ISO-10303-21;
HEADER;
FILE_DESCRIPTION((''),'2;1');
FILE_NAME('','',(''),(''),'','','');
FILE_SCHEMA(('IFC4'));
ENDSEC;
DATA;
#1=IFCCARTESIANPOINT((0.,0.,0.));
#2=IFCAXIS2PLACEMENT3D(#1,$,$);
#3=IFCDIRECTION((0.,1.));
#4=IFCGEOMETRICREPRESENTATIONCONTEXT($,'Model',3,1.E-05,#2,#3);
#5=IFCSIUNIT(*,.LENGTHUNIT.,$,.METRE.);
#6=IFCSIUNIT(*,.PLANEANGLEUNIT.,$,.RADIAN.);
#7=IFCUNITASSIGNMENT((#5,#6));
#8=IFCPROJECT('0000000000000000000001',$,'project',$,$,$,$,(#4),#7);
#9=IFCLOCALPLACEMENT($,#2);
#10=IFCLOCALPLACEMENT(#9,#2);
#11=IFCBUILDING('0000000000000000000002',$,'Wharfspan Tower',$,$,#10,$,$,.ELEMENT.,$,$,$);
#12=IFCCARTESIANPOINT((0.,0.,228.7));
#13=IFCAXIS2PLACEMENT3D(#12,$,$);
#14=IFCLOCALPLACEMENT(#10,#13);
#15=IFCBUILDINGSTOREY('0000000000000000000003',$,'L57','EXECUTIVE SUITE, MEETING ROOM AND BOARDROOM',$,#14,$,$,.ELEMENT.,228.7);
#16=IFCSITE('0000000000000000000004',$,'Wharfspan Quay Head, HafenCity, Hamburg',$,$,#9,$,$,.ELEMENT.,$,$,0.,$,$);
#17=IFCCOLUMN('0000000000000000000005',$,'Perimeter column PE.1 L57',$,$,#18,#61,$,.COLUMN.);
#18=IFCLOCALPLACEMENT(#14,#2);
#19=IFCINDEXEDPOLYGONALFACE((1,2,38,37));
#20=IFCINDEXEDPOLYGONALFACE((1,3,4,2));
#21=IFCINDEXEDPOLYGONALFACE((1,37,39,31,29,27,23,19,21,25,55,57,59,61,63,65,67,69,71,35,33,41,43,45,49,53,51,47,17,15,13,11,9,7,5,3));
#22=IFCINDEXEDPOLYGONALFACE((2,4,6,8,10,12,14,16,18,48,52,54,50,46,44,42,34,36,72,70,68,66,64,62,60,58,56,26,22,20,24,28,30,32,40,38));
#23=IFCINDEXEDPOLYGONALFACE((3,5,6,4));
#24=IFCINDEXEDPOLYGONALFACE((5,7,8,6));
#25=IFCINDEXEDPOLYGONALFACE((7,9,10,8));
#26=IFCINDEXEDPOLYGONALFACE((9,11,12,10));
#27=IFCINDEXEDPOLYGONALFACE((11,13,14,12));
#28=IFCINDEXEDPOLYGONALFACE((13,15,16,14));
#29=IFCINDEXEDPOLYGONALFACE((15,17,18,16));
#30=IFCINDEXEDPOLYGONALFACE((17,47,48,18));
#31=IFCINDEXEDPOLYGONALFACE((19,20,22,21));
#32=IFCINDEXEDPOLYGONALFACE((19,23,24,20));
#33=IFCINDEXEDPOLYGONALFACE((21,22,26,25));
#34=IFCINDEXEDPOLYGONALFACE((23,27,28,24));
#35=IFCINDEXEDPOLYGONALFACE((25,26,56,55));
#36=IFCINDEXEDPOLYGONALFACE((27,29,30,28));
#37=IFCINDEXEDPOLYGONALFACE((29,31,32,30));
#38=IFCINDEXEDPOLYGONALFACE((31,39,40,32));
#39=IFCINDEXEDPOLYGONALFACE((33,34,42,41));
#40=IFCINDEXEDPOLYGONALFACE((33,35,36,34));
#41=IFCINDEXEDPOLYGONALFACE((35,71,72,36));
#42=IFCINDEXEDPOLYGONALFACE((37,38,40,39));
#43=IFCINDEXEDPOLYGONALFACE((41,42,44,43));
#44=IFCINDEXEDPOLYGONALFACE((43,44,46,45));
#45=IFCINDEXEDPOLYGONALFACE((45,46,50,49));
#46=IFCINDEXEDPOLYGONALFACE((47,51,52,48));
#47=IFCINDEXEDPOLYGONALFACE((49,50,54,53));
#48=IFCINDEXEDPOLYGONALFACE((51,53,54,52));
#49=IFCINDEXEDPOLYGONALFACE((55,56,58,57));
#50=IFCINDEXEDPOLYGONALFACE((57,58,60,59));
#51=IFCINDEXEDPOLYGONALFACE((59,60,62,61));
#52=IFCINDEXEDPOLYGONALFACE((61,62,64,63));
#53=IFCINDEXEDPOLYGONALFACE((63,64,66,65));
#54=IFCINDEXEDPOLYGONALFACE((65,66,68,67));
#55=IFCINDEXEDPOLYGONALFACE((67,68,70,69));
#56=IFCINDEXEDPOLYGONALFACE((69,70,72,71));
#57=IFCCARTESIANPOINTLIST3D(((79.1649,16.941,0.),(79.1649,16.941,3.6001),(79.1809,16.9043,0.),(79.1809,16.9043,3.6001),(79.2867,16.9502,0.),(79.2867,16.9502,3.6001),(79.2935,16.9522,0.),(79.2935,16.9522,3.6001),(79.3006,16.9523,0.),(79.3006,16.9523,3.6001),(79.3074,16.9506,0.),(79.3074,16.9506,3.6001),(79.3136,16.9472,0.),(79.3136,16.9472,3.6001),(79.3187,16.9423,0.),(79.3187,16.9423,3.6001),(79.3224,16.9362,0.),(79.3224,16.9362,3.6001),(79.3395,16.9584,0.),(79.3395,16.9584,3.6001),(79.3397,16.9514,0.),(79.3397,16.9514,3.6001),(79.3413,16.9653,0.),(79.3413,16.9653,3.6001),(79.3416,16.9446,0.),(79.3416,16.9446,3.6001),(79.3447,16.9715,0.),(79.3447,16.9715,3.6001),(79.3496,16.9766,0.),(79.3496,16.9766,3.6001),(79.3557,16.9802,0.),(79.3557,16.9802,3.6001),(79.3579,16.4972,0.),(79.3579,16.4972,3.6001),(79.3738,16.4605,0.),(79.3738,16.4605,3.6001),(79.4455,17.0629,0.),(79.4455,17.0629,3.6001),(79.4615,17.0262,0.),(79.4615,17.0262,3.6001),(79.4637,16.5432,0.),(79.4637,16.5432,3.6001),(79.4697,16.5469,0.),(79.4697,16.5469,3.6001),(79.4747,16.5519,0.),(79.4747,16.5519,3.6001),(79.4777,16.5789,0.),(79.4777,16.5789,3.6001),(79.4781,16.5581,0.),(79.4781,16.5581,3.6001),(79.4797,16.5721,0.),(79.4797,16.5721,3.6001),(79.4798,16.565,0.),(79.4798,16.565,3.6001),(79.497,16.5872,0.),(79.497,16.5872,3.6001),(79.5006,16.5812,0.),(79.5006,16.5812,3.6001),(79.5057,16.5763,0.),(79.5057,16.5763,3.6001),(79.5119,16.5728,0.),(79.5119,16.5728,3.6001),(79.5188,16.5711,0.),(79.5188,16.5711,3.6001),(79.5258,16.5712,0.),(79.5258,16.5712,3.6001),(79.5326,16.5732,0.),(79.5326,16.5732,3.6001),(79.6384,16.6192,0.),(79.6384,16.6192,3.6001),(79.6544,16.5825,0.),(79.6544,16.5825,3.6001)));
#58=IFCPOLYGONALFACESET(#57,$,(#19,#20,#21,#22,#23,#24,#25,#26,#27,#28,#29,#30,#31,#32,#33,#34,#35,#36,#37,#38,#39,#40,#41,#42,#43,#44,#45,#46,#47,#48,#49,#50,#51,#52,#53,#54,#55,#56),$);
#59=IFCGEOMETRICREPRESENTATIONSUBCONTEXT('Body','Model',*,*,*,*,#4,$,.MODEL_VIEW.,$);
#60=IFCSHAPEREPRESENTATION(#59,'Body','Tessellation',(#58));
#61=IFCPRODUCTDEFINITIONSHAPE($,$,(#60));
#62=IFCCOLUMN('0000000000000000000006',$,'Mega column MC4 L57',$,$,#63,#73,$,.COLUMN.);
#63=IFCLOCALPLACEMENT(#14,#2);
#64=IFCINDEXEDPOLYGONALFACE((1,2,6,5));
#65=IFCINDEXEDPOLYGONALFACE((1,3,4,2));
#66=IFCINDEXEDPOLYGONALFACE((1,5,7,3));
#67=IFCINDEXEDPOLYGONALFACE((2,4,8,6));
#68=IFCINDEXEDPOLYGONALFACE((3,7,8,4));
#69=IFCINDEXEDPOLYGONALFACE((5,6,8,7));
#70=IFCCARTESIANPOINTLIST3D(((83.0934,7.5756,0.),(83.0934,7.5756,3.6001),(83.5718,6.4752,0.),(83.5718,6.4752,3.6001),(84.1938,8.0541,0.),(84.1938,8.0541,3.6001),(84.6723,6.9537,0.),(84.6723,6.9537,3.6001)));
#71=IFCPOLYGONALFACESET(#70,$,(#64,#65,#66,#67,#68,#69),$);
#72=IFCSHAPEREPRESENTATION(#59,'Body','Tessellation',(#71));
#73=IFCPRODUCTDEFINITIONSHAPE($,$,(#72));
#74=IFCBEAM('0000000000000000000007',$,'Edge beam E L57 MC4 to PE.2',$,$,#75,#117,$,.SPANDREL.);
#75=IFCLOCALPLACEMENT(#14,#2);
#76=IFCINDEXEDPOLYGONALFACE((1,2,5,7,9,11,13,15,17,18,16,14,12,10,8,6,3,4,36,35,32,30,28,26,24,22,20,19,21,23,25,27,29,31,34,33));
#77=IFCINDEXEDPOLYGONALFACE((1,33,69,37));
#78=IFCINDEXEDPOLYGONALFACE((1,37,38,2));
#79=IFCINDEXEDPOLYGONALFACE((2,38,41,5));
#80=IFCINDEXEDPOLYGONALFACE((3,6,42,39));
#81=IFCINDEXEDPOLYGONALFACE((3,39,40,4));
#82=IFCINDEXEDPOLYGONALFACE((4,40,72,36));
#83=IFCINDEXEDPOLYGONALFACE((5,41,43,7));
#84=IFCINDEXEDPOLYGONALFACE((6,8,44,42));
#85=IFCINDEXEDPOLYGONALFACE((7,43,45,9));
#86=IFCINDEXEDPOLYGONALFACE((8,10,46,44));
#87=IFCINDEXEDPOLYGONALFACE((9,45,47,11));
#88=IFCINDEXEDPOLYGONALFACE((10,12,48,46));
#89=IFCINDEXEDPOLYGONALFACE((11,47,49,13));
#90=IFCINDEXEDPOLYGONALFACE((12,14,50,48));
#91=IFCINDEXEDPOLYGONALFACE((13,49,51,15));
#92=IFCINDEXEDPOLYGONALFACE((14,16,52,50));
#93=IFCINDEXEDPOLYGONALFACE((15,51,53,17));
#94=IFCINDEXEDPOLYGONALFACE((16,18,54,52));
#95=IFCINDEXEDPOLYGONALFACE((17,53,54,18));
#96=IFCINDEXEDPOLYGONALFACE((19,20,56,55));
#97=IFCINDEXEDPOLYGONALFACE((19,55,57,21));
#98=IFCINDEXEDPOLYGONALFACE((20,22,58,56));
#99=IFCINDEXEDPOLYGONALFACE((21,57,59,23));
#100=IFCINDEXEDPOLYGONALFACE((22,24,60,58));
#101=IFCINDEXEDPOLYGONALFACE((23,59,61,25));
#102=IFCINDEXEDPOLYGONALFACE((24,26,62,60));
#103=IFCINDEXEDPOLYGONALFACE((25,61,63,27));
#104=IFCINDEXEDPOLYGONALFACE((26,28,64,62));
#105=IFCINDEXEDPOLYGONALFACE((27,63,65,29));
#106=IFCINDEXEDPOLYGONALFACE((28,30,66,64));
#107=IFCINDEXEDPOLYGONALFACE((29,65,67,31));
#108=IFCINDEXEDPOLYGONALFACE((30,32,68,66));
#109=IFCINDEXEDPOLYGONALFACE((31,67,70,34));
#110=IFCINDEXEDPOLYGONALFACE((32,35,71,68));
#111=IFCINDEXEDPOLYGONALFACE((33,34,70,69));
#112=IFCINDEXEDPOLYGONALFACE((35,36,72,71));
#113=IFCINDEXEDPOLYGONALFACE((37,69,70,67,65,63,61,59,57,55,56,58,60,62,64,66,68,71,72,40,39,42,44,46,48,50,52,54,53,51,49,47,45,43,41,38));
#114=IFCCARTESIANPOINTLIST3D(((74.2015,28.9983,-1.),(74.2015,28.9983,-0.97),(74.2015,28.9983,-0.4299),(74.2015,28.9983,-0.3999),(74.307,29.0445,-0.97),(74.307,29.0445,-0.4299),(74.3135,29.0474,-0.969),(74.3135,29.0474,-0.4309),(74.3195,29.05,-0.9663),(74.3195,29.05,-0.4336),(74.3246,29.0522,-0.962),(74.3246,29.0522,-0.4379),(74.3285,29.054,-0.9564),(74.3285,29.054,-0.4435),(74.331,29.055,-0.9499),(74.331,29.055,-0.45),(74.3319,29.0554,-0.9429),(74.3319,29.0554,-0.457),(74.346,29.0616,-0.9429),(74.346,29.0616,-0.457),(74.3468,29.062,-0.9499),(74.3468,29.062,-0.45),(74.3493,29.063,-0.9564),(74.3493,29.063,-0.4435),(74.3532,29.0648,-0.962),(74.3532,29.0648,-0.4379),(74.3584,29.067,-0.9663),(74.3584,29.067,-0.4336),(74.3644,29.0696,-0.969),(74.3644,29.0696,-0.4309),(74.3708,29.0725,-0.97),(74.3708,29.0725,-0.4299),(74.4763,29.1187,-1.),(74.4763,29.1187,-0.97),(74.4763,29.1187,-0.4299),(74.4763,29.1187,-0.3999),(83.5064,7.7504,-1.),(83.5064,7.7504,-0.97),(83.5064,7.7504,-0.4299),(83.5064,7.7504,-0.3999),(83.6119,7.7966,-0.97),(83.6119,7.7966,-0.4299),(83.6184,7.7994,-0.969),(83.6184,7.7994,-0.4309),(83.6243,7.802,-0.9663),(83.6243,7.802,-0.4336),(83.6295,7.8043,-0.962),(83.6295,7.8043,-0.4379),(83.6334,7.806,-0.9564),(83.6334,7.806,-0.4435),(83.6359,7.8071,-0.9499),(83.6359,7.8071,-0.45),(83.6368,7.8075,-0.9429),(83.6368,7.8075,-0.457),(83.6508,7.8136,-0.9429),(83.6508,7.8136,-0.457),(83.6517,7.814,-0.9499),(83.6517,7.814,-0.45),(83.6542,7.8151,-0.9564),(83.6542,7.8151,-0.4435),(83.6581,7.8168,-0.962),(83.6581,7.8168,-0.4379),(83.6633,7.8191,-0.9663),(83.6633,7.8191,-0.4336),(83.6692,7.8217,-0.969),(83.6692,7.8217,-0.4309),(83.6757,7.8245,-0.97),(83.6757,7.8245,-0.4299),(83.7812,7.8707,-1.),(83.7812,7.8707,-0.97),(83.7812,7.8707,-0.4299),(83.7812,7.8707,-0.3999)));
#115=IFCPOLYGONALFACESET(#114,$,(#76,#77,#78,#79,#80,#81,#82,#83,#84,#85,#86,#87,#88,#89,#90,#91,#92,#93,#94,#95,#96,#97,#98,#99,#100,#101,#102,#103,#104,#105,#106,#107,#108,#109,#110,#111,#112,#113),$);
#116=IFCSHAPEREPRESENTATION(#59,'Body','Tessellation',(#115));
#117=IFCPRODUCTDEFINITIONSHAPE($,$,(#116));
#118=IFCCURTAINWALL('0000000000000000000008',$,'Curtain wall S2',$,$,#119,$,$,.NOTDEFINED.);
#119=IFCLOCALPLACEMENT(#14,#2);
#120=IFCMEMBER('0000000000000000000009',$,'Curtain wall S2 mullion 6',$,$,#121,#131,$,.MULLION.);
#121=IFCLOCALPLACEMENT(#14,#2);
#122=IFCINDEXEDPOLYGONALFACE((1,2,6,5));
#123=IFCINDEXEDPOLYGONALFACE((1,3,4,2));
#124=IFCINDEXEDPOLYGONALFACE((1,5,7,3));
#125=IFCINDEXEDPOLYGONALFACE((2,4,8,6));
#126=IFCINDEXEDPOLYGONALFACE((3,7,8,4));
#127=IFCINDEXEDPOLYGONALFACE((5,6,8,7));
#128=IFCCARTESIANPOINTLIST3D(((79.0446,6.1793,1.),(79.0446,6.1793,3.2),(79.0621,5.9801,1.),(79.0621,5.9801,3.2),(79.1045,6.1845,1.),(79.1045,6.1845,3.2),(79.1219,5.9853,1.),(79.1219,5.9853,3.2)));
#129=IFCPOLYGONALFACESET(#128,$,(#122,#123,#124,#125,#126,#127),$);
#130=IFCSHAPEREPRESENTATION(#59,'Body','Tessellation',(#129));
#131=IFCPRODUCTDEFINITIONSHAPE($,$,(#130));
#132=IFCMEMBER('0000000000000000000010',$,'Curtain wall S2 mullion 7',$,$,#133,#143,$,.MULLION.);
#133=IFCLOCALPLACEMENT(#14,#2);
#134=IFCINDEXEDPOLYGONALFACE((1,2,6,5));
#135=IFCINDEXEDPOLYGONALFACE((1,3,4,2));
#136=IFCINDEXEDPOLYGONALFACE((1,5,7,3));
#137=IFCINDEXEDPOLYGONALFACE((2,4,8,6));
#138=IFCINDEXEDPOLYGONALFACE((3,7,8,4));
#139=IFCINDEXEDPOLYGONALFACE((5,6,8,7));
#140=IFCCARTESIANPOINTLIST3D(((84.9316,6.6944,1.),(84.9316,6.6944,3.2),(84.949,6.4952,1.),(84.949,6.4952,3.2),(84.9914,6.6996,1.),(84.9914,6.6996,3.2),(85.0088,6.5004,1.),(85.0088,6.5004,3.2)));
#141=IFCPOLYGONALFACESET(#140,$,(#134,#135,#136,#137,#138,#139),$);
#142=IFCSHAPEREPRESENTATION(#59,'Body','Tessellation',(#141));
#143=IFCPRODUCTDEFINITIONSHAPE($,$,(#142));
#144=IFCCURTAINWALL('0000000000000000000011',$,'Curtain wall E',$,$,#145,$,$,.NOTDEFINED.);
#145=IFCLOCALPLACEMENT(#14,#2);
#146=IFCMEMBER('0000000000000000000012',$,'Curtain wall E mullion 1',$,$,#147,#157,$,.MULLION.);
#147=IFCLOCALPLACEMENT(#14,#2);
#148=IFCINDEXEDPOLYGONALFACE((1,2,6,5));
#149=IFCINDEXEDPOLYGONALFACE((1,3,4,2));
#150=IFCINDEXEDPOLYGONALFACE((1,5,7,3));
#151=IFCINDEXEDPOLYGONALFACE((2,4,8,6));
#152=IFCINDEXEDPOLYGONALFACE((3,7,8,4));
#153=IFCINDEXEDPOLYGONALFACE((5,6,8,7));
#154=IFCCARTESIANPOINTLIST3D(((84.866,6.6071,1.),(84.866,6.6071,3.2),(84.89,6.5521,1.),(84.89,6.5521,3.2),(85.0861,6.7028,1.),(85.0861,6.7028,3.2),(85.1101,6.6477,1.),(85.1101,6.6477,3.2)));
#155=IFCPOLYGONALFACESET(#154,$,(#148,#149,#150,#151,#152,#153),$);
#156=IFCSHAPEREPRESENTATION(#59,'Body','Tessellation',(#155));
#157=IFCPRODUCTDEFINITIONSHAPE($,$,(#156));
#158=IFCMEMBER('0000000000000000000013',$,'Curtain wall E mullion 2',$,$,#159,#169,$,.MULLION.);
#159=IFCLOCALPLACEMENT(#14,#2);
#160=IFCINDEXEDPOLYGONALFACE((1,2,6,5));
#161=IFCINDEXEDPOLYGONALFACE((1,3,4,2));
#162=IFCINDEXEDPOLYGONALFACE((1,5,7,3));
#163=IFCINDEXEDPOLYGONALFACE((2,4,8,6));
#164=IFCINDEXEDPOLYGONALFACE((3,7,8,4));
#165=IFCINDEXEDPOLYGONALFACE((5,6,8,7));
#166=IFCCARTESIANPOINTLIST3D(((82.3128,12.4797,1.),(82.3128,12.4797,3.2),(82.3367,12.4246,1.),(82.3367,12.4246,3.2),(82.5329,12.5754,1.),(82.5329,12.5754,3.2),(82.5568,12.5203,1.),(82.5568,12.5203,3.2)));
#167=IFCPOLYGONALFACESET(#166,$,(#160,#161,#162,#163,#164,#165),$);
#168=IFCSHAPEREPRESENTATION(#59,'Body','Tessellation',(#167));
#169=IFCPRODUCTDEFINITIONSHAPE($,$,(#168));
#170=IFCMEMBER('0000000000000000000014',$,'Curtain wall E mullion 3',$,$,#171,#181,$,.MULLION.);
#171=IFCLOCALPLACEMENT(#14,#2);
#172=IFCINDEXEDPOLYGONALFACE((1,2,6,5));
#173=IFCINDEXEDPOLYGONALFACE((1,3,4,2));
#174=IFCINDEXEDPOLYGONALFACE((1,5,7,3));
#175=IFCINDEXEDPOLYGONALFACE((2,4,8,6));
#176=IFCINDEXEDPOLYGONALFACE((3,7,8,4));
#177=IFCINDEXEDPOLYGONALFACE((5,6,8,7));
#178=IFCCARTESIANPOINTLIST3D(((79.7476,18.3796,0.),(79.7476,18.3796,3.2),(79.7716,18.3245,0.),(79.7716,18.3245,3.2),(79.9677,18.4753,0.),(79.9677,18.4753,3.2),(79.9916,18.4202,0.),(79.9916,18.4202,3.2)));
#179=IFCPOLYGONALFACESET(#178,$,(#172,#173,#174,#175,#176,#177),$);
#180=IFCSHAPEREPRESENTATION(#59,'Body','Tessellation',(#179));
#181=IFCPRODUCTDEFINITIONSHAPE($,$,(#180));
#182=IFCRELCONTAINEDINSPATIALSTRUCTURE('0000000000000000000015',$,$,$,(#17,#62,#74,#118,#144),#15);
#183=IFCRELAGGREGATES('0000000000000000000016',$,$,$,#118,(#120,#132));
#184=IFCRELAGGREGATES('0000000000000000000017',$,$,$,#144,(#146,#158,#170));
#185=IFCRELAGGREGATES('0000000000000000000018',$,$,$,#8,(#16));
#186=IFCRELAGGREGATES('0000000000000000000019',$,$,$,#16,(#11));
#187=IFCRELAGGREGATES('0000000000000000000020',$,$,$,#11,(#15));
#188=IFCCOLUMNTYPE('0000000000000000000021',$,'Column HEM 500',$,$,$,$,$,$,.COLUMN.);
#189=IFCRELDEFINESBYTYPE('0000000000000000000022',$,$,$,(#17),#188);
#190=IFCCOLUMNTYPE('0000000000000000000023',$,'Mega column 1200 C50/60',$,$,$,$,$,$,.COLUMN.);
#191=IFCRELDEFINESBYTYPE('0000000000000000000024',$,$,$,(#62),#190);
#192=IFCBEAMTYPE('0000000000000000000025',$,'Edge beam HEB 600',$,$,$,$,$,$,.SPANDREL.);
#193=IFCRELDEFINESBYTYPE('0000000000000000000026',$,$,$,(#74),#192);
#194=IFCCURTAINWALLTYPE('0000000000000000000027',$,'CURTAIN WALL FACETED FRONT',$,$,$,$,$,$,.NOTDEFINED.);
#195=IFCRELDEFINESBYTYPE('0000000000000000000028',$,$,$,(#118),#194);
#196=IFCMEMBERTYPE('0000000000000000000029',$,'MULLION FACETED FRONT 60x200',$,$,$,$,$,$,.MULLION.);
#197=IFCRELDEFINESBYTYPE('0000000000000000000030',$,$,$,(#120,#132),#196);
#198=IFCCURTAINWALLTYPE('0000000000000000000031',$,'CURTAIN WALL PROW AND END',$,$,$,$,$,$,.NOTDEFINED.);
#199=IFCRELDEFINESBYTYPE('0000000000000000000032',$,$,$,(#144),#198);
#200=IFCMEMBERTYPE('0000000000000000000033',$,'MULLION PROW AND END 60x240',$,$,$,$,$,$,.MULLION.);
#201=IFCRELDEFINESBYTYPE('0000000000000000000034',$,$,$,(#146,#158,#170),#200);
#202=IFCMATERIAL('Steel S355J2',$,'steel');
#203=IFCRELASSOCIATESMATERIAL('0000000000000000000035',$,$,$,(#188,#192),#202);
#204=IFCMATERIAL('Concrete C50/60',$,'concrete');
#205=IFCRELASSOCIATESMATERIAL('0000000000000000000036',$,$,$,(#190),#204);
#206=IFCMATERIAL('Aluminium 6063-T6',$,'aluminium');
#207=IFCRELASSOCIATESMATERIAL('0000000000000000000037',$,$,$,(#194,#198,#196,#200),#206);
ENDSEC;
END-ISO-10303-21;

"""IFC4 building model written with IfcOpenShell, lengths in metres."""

from ifc_helpers import new_model, si_unit, direction, frame, origin, origin_2d, place, context, subcontext, project, spatial, rectangle, i_section, extrude, material, material_profile, profile_set, type_object, element, aggregate, save


model = new_model("IFC4")

# Units and contexts
model_context = context("Model", 3, precision=1e-05, world=origin(), true_north=direction((0.0, 1.0)))
body_context = subcontext(model_context, "Body", "Model", "MODEL_VIEW")
ifc_project = project(units=[si_unit("LENGTHUNIT", "METRE"), si_unit("PLANEANGLEUNIT", "RADIAN")], contexts=[model_context])

# Site, building, storey
site_placement = place(None, origin())
site = spatial("IfcSite", under=ifc_project, at=site_placement, Name="Wharfspan Quay Head, HafenCity, Hamburg", CompositionType="ELEMENT", RefElevation=0.0)
building_placement = place(site_placement, origin())
building = spatial("IfcBuilding", under=site, at=building_placement, Name="Wharfspan Tower", CompositionType="ELEMENT")
storey_placement = place(building_placement, frame((0.0, 0.0, 228.7)))
storey = spatial("IfcBuildingStorey", under=building, at=storey_placement, Name="L57", Description="EXECUTIVE SUITE, MEETING ROOM AND BOARDROOM", CompositionType="ELEMENT", Elevation=228.7)

# Columns
ifc_material_1 = material(Name="Steel S355J2", Category="steel")
ifc_material_profile_1 = material_profile(ifc_material_1, i_section(OverallWidth=0.3059, OverallDepth=0.5239, WebThickness=0.021, FlangeThickness=0.04, FilletRadius=0.0271, at=origin_2d()))
ifc_profile_set_1 = profile_set([ifc_material_profile_1], Name="Steel S355J2")
column_type_1 = type_object("IfcColumnType", Name="Column HEM 500", PredefinedType="COLUMN", material=ifc_profile_set_1)
column_1_placement = place(storey_placement, frame((79.4097, 16.7617, 0.0), z_axis=(0.0, 0.0, 1.0), x_axis=(0.917072, 0.398727, 0.0)))
element("IfcColumn", 1, at=column_1_placement, inside=storey, type_object=column_type_1, Name="Perimeter column PE.1 L57", PredefinedType="COLUMN", context=body_context, shape_type="SweptSolid", body=[
    extrude(i_section(OverallWidth=0.3059, OverallDepth=0.5239, WebThickness=0.021, FlangeThickness=0.04, FilletRadius=0.0271, at=origin_2d()), origin(), (0.0, 0.0, 1.0), 3.6001),
])
ifc_material_2 = material(Name="Concrete C50/60", Category="concrete")
ifc_material_profile_2 = material_profile(ifc_material_2, rectangle(XDim=1.2, YDim=1.2, at=origin_2d()))
ifc_profile_set_2 = profile_set([ifc_material_profile_2], Name="Concrete C50/60")
column_type_2 = type_object("IfcColumnType", Name="Mega column 1200 C50/60", PredefinedType="COLUMN", material=ifc_profile_set_2)
column_2_placement = place(storey_placement, frame((83.8828, 7.2646, 0.0), z_axis=(0.0, 0.0, 1.0), x_axis=(-0.398727, 0.917072, 0.0)))
element("IfcColumn", 2, at=column_2_placement, inside=storey, type_object=column_type_2, Name="Mega column MC4 L57", PredefinedType="COLUMN", context=body_context, shape_type="SweptSolid", body=[
    extrude(rectangle(XDim=1.2, YDim=1.2, at=origin_2d()), origin(), (0.0, 0.0, 1.0), 3.6001),
])

# Beam
ifc_material_profile_3 = material_profile(ifc_material_1, i_section(OverallWidth=0.3, OverallDepth=0.6001, WebThickness=0.0154, FlangeThickness=0.03, FilletRadius=0.0271, at=origin_2d()))
ifc_profile_set_3 = profile_set([ifc_material_profile_3], Name="Steel S355J2")
beam_type = type_object("IfcBeamType", Name="Edge beam HEB 600", PredefinedType="SPANDREL", material=ifc_profile_set_3)
beam_placement = place(storey_placement, frame((83.6438, 7.8105, -0.7), z_axis=(-0.401141, 0.916016, 0.0), x_axis=(-0.916016, -0.401141, 0.0)))
element("IfcBeam", 3, at=beam_placement, inside=storey, type_object=beam_type, Name="Edge beam E L57 MC4 to PE.2", PredefinedType="SPANDREL", context=body_context, shape_type="SweptSolid", body=[
    extrude(i_section(OverallWidth=0.3, OverallDepth=0.6001, WebThickness=0.0154, FlangeThickness=0.03, FilletRadius=0.0271, at=origin_2d()), origin(), (0.0, 0.0, 1.0), 23.196),
])

# Curtain walls, members
ifc_material_3 = material(Name="Aluminium 6063-T6", Category="aluminium")
curtain_wall_type_1 = type_object("IfcCurtainWallType", Name="CURTAIN WALL FACETED FRONT", PredefinedType="NOTDEFINED", material=ifc_material_3)
curtain_wall_1_placement = place(storey_placement, origin())
curtain_wall_1 = element("IfcCurtainWall", 4, at=curtain_wall_1_placement, inside=storey, type_object=curtain_wall_type_1, Name="Curtain wall S2", PredefinedType="NOTDEFINED")
ifc_material_profile_4 = material_profile(ifc_material_3, rectangle(XDim=0.2, YDim=0.0601, at=origin_2d()))
ifc_profile_set_4 = profile_set([ifc_material_profile_4], Name="Aluminium 6063-T6")
member_type_1 = type_object("IfcMemberType", Name="MULLION FACETED FRONT 60x200", PredefinedType="MULLION", material=ifc_profile_set_4)
member_1_placement = place(storey_placement, frame((79.0833, 6.0823, 1.0), z_axis=(0.0, 0.0, 1.0), x_axis=(-0.087156, 0.996197, 0.0)))
member_1 = element("IfcMember", 5, at=member_1_placement, type_object=member_type_1, Name="Curtain wall S2 mullion 6", PredefinedType="MULLION", context=body_context, shape_type="SweptSolid", body=[
    extrude(rectangle(XDim=0.2, YDim=0.0601, at=origin_2d()), origin(), (0.0, 0.0, 1.0), 2.2),
])
member_2_placement = place(storey_placement, frame((84.9702, 6.5974, 1.0), z_axis=(0.0, 0.0, 1.0), x_axis=(-0.087156, 0.996197, 0.0)))
member_2 = element("IfcMember", 6, at=member_2_placement, type_object=member_type_1, Name="Curtain wall S2 mullion 7", PredefinedType="MULLION", context=body_context, shape_type="SweptSolid", body=[
    extrude(rectangle(XDim=0.2, YDim=0.0601, at=origin_2d()), origin(), (0.0, 0.0, 1.0), 2.2),
])
curtain_wall_type_2 = type_object("IfcCurtainWallType", Name="CURTAIN WALL PROW AND END", PredefinedType="NOTDEFINED", material=ifc_material_3)
curtain_wall_2_placement = place(storey_placement, origin())
curtain_wall_2 = element("IfcCurtainWall", 7, at=curtain_wall_2_placement, inside=storey, type_object=curtain_wall_type_2, Name="Curtain wall E", PredefinedType="NOTDEFINED")
ifc_material_profile_5 = material_profile(ifc_material_3, rectangle(XDim=0.24, YDim=0.0601, at=origin_2d()))
ifc_profile_set_5 = profile_set([ifc_material_profile_5], Name="Aluminium 6063-T6")
member_type_2 = type_object("IfcMemberType", Name="MULLION PROW AND END 60x240", PredefinedType="MULLION", material=ifc_profile_set_5)
member_3_placement = place(storey_placement, frame((84.988, 6.6274, 1.0), z_axis=(0.0, 0.0, 1.0), x_axis=(-0.917072, -0.398727, 0.0)))
member_3 = element("IfcMember", 8, at=member_3_placement, type_object=member_type_2, Name="Curtain wall E mullion 1", PredefinedType="MULLION", context=body_context, shape_type="SweptSolid", body=[
    extrude(rectangle(XDim=0.24, YDim=0.0601, at=origin_2d()), origin(), (0.0, 0.0, 1.0), 2.2),
])
member_4_placement = place(storey_placement, frame((82.4348, 12.5, 1.0), z_axis=(0.0, 0.0, 1.0), x_axis=(-0.917072, -0.398727, 0.0)))
member_4 = element("IfcMember", 9, at=member_4_placement, type_object=member_type_2, Name="Curtain wall E mullion 2", PredefinedType="MULLION", context=body_context, shape_type="SweptSolid", body=[
    extrude(rectangle(XDim=0.24, YDim=0.0601, at=origin_2d()), origin(), (0.0, 0.0, 1.0), 2.2),
])
member_5_placement = place(storey_placement, frame((79.8696, 18.3999, 0.0), z_axis=(0.0, 0.0, 1.0), x_axis=(-0.917072, -0.398727, 0.0)))
member_5 = element("IfcMember", 10, at=member_5_placement, type_object=member_type_2, Name="Curtain wall E mullion 3", PredefinedType="MULLION", context=body_context, shape_type="SweptSolid", body=[
    extrude(rectangle(XDim=0.24, YDim=0.0601, at=origin_2d()), origin(), (0.0, 0.0, 1.0), 3.2),
])

aggregate(curtain_wall_1, [member_1, member_2])
aggregate(curtain_wall_2, [member_3, member_4, member_5])

save(model, "model.ifc")
